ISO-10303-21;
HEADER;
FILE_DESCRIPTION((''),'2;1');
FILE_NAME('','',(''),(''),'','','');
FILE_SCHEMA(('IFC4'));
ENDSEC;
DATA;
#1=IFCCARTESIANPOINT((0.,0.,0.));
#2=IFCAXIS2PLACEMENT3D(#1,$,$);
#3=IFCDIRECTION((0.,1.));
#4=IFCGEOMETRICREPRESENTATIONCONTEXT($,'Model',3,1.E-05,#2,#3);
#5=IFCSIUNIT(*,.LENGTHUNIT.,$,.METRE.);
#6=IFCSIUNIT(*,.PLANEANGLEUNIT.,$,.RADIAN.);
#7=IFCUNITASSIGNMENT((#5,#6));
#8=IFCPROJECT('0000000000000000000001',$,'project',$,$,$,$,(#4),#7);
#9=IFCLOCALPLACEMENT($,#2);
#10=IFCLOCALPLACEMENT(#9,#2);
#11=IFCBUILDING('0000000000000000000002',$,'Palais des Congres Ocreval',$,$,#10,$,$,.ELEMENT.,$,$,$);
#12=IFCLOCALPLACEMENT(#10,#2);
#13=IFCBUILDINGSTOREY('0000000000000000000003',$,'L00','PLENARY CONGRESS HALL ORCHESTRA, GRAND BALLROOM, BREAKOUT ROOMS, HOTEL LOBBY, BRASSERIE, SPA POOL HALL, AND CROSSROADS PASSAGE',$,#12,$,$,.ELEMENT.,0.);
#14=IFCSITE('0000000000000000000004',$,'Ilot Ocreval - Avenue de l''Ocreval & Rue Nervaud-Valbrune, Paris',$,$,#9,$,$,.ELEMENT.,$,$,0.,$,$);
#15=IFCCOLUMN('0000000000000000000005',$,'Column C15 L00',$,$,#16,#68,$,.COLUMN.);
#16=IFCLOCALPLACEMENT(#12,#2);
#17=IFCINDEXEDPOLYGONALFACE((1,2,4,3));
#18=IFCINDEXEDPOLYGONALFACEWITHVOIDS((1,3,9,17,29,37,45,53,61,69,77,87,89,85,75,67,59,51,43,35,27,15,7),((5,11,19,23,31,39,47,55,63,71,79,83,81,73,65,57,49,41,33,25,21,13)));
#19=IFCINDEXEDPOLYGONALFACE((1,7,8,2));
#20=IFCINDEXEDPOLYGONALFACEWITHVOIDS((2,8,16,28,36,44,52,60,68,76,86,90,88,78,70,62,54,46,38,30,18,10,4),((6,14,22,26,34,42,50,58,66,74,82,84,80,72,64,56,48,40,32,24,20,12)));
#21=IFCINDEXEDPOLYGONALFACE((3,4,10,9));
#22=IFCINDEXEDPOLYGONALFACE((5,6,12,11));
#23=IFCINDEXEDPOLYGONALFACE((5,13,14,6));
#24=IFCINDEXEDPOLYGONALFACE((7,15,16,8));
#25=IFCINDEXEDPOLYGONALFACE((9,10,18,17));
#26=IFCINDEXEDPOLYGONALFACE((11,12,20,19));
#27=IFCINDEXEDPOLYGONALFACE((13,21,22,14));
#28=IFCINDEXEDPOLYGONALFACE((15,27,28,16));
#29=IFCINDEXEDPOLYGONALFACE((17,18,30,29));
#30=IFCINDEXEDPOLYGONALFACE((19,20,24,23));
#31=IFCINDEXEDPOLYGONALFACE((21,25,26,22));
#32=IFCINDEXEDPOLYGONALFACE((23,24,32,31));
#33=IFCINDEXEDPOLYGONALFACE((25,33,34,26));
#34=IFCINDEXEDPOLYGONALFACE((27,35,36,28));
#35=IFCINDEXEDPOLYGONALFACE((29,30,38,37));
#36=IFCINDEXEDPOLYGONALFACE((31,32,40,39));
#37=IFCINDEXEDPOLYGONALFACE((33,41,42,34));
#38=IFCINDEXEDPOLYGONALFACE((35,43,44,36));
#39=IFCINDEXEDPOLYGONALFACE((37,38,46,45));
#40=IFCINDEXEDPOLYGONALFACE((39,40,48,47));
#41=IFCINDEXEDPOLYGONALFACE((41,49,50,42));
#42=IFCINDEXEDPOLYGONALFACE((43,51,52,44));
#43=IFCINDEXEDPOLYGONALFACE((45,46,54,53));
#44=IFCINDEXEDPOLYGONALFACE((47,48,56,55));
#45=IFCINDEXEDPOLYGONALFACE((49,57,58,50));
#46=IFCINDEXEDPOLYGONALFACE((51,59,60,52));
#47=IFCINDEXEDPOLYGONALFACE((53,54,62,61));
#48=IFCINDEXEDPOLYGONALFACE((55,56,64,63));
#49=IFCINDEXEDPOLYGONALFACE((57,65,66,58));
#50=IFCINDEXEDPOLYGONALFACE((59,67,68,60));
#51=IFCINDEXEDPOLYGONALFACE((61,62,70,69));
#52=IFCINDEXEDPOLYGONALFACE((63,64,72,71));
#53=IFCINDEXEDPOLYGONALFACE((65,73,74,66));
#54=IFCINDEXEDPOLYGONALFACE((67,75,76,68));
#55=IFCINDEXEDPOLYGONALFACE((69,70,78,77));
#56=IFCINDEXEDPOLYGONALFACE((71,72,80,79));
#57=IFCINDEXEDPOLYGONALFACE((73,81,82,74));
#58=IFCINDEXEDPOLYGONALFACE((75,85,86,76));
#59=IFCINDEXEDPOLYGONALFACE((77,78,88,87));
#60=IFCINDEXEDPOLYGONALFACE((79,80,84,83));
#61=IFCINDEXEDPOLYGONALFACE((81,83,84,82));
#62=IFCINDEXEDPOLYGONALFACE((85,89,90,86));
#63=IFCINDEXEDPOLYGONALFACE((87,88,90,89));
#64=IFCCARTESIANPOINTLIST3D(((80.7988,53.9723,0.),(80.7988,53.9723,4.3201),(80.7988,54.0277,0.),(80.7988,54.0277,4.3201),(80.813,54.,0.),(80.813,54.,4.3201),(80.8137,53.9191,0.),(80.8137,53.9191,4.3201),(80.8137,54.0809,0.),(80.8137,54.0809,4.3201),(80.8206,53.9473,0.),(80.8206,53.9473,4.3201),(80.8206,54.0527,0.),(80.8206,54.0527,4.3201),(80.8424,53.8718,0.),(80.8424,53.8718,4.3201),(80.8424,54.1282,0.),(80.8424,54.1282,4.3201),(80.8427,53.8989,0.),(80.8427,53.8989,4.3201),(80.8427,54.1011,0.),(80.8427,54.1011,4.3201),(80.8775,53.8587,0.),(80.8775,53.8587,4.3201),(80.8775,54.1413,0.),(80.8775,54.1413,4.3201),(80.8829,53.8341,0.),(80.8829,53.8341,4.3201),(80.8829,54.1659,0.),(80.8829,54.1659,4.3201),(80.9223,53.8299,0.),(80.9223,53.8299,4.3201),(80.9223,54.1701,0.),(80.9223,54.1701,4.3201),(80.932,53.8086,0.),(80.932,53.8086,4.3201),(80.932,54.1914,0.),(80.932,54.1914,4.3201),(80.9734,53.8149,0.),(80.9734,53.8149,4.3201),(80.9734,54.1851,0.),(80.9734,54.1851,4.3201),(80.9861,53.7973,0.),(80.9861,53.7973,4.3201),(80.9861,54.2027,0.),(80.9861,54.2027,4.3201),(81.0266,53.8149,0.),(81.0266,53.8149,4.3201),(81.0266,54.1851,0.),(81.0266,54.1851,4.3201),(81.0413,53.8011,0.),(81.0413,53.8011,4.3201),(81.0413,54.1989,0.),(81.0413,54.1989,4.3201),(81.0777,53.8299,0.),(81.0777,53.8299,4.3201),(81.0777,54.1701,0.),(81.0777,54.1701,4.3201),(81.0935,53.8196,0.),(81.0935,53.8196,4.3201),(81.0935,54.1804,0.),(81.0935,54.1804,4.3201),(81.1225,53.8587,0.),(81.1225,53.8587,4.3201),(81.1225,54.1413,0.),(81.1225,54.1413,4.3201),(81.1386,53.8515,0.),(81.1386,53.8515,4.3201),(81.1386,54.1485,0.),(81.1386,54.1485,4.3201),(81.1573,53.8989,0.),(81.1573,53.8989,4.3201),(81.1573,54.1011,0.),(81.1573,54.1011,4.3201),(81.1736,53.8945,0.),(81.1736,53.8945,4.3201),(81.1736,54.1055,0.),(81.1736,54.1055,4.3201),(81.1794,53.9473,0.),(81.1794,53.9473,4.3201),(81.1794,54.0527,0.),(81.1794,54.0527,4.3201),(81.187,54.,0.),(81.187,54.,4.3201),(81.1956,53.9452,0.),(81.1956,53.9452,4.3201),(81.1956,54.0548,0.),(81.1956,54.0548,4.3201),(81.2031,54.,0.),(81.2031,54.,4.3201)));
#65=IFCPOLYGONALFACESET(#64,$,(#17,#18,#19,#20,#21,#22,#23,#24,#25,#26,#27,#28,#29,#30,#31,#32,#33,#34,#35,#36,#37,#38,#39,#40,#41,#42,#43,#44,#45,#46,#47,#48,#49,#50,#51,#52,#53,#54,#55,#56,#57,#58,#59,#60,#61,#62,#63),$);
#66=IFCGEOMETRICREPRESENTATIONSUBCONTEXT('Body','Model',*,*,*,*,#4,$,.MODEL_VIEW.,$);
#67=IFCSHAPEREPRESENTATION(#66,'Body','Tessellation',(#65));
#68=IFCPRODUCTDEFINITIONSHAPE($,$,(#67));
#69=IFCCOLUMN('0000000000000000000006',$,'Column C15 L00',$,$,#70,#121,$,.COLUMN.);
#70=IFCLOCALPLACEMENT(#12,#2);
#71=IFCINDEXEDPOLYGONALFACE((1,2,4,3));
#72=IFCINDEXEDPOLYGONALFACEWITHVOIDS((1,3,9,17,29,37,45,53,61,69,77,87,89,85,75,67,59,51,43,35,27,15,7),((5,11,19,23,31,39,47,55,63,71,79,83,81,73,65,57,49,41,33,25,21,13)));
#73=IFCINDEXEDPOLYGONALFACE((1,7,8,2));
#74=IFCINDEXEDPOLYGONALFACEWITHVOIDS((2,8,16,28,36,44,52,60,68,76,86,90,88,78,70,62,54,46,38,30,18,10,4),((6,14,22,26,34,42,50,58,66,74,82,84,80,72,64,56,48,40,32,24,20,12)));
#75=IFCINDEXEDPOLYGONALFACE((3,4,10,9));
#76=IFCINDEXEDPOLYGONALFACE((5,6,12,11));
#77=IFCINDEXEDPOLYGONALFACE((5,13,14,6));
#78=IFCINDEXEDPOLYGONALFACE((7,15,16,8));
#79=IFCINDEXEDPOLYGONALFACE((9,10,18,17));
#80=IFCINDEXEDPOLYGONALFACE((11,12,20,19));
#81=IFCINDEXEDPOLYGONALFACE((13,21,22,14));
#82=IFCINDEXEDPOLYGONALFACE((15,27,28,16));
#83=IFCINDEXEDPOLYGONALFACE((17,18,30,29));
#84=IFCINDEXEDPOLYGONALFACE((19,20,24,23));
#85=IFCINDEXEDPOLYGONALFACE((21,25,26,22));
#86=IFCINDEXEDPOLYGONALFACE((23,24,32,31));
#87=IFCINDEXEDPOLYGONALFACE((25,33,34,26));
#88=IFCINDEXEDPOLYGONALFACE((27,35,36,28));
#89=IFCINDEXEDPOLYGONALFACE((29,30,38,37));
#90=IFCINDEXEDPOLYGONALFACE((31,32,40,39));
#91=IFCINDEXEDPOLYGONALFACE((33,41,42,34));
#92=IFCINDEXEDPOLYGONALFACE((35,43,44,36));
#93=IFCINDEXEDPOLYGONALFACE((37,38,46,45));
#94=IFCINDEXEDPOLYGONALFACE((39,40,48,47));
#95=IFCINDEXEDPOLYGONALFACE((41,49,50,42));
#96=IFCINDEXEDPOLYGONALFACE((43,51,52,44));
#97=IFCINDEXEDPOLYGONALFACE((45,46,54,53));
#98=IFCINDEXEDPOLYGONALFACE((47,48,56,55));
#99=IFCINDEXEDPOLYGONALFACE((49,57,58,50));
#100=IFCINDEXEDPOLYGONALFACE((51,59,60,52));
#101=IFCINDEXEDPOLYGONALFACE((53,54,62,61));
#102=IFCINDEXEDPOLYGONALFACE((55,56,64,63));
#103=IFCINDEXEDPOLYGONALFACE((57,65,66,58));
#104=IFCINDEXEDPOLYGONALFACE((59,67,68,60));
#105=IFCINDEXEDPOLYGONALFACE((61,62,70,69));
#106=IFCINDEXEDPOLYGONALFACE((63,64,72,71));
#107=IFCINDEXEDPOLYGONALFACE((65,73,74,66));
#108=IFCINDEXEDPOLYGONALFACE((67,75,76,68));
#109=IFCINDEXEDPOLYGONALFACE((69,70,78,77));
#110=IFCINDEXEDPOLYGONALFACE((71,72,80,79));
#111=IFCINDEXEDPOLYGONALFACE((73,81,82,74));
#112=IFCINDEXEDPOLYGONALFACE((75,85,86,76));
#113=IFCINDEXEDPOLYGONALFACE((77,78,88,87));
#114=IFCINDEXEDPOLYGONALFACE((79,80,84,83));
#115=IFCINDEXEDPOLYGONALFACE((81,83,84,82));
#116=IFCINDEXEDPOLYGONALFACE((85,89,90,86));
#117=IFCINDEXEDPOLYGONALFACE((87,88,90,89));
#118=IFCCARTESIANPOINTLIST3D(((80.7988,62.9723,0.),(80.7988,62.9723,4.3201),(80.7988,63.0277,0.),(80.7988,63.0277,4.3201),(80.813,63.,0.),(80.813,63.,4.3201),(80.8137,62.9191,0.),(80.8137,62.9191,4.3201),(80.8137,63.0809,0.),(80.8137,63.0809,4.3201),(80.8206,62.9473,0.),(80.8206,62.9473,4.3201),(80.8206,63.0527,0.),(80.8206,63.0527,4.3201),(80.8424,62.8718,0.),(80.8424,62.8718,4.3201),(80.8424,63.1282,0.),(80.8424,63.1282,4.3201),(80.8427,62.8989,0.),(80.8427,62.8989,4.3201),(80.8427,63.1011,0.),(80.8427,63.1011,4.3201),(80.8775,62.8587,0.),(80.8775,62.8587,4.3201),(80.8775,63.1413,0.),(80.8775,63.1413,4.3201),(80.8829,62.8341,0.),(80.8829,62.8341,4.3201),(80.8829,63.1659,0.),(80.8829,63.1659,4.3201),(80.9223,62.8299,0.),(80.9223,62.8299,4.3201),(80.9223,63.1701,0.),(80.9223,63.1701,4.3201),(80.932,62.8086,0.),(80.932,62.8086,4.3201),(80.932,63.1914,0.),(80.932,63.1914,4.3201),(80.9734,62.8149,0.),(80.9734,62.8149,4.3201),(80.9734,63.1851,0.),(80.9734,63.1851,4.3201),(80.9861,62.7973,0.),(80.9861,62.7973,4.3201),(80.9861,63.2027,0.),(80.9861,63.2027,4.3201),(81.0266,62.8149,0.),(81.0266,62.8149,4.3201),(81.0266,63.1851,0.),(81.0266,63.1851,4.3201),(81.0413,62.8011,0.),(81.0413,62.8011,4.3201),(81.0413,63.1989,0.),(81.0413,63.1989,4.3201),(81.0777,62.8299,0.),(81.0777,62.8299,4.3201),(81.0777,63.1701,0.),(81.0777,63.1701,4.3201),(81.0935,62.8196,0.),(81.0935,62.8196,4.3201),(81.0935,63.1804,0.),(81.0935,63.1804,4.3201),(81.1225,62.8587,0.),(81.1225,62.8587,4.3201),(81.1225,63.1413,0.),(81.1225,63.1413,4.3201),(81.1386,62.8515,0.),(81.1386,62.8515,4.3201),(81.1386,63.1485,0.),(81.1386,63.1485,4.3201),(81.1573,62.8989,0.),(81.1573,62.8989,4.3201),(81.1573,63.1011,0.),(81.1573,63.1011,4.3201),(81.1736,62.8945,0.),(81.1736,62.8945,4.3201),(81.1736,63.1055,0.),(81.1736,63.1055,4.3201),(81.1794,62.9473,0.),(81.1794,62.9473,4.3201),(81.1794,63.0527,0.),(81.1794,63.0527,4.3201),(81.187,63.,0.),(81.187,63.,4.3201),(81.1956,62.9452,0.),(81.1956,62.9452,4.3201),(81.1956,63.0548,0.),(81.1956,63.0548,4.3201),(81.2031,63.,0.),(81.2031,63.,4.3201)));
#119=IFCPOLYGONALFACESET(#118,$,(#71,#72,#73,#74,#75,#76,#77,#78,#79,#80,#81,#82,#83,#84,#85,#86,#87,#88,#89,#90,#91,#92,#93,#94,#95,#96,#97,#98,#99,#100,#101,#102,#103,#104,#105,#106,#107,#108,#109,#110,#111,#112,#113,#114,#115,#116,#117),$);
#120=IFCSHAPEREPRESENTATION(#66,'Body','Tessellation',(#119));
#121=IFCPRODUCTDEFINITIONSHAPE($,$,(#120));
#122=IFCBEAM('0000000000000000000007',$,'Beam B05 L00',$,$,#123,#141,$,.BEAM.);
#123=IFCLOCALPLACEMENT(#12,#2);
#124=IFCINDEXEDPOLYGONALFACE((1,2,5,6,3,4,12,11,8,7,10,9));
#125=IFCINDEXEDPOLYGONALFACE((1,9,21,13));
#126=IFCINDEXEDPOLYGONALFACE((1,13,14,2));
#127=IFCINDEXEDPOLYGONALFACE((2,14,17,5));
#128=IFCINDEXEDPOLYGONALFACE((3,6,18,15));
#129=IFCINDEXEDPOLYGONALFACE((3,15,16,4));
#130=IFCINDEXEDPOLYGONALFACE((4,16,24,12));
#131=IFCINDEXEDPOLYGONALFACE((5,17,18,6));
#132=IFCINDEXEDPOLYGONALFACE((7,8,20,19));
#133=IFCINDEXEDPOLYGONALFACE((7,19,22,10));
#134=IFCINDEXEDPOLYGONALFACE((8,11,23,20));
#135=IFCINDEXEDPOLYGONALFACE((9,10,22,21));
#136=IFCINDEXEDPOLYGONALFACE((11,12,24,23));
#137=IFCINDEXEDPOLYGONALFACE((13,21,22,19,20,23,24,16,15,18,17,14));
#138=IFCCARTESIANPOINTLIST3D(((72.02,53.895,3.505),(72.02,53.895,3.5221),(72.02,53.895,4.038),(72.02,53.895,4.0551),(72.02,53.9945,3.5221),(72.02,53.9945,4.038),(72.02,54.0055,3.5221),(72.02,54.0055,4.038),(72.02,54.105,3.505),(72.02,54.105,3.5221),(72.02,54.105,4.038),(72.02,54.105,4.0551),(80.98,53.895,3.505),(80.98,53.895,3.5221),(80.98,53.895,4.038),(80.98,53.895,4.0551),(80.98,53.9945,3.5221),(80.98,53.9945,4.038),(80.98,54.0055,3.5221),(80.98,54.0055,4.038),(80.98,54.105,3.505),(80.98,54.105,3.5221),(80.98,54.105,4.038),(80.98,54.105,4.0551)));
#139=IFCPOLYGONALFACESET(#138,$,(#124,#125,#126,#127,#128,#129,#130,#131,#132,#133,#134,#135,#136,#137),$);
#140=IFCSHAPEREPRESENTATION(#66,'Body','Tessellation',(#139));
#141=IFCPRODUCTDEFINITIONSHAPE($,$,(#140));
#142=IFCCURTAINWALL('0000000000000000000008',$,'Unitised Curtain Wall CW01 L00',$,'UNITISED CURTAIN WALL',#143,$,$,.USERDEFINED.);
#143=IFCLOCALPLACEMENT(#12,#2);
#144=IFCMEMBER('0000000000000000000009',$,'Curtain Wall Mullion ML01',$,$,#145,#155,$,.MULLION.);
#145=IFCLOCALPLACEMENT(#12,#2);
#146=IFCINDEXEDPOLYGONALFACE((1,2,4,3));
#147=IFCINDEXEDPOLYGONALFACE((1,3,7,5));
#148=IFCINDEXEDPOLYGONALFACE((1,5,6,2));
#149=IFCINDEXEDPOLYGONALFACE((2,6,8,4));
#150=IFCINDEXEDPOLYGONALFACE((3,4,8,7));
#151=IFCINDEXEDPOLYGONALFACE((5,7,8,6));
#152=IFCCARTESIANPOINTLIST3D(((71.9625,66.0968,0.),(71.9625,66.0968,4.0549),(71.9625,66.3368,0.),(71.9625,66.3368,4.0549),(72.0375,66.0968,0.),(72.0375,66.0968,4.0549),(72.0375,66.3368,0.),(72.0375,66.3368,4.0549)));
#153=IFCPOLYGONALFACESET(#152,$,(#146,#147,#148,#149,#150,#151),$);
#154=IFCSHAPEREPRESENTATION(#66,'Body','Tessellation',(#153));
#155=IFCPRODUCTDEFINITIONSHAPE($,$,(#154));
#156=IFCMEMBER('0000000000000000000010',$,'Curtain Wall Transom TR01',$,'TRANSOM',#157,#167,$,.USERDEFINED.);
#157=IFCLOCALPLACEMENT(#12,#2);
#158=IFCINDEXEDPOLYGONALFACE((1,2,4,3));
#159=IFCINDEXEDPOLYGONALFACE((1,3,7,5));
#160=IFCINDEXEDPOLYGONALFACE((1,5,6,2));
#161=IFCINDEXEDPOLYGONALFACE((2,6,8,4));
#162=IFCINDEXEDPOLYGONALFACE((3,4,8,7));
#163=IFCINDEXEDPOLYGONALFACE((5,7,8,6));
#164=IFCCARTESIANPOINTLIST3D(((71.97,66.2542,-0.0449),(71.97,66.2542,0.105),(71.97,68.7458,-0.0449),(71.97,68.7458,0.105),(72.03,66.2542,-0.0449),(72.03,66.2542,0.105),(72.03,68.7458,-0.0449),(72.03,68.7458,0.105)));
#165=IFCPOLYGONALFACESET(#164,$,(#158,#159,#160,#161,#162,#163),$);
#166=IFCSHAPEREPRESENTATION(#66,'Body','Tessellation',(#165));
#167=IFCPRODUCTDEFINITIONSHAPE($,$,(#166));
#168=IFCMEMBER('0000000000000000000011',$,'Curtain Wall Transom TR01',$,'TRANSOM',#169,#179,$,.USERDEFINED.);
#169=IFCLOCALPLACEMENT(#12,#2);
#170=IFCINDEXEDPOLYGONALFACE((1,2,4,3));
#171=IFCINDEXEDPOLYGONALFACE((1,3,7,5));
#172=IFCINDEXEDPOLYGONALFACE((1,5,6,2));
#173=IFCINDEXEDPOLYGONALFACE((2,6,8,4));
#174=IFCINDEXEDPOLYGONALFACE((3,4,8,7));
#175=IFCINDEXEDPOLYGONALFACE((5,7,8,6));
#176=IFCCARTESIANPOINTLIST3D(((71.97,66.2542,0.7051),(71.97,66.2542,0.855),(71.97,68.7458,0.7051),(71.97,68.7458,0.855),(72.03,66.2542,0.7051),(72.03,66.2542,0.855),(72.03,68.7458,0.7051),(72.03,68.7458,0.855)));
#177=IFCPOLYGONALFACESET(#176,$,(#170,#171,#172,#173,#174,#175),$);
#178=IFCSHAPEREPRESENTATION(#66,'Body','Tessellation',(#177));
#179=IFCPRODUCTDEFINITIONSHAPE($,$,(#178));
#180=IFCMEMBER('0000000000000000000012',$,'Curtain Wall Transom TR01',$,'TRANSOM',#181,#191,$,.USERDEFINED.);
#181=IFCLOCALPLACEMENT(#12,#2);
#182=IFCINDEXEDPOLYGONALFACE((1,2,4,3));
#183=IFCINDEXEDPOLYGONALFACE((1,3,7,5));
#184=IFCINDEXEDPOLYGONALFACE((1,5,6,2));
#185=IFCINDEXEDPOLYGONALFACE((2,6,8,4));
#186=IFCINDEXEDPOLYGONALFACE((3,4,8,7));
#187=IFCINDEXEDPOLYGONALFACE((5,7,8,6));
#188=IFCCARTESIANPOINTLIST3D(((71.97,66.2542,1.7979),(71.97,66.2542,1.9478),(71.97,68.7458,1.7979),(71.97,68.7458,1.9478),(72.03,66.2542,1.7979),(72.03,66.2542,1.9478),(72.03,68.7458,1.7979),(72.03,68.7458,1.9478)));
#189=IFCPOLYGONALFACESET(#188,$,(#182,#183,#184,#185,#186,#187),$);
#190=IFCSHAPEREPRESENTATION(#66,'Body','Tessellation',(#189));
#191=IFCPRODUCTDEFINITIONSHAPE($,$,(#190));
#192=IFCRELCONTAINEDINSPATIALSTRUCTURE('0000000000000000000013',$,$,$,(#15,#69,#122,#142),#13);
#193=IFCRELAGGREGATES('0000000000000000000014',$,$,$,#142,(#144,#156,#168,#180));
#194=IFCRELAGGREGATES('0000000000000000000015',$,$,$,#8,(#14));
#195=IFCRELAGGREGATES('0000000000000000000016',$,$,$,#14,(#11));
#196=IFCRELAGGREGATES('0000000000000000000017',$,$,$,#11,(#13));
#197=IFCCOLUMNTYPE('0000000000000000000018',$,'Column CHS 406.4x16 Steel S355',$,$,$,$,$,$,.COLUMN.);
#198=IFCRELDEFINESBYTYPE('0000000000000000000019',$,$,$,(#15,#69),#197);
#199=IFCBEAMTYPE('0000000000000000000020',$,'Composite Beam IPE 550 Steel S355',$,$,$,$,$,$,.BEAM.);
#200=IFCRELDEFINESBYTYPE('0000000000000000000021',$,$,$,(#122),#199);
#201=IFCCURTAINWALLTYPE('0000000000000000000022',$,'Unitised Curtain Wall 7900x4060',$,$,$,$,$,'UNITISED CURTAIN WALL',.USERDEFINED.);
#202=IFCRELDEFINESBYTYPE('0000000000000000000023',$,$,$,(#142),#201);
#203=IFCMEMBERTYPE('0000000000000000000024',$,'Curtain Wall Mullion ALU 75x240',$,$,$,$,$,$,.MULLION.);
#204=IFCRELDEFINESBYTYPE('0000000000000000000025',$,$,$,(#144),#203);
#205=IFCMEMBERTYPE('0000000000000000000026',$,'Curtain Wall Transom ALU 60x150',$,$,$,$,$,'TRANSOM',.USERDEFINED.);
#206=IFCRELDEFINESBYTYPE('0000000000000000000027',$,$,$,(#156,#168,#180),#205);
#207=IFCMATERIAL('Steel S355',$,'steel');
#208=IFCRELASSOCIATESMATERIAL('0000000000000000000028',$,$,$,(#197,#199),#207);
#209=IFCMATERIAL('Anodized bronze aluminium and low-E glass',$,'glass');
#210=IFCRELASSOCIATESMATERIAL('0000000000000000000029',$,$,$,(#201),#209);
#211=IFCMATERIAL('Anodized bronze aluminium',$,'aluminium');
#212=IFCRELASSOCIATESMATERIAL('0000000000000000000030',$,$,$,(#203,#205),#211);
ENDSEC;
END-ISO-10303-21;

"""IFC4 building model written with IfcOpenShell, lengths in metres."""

from ifc_helpers import new_model, si_unit, direction, frame, origin, origin_2d, place, context, subcontext, project, spatial, rectangle, hollow_circle, i_section, extrude, material, material_profile, profile_set, type_object, element, aggregate, save


model = new_model("IFC4")

# Units and contexts
model_context = context("Model", 3, precision=1e-05, world=origin(), true_north=direction((0.0, 1.0)))
body_context = subcontext(model_context, "Body", "Model", "MODEL_VIEW")
ifc_project = project(units=[si_unit("LENGTHUNIT", "METRE"), si_unit("PLANEANGLEUNIT", "RADIAN")], contexts=[model_context])

# Site, building, storey
site_placement = place(None, origin())
site = spatial("IfcSite", under=ifc_project, at=site_placement, Name="Ilot Ocreval - Avenue de l'Ocreval & Rue Nervaud-Valbrune, Paris", CompositionType="ELEMENT", RefElevation=0.0)
building_placement = place(site_placement, origin())
building = spatial("IfcBuilding", under=site, at=building_placement, Name="Palais des Congres Ocreval", CompositionType="ELEMENT")
storey_placement = place(building_placement, origin())
storey = spatial("IfcBuildingStorey", under=building, at=storey_placement, Name="L00", Description="PLENARY CONGRESS HALL ORCHESTRA, GRAND BALLROOM, BREAKOUT ROOMS, HOTEL LOBBY, BRASSERIE, SPA POOL HALL, AND CROSSROADS PASSAGE", CompositionType="ELEMENT", Elevation=0.0)

# Columns
ifc_material_1 = material(Name="Steel S355", Category="steel")
ifc_material_profile_1 = material_profile(ifc_material_1, hollow_circle(Radius=0.2031, WallThickness=0.0161, at=origin_2d()), Name="CHS 406.4x16")
ifc_profile_set_1 = profile_set([ifc_material_profile_1], Name="Steel S355")
column_type = type_object("IfcColumnType", Name="Column CHS 406.4x16 Steel S355", PredefinedType="COLUMN", material=ifc_profile_set_1)
for number, where, z_axis, x_axis, name in (
    (1, (81.0, 54.0, 0.0), (0.0, 0.0, 1.0), (1.0, 0.0, 0.0), "Column C15 L00"),
    (2, (81.0, 63.0, 0.0), (0.0, 0.0, 1.0), (1.0, 0.0, 0.0), "Column C15 L00"),
):
    element("IfcColumn", number, at=place(storey_placement, frame(where, z_axis=z_axis, x_axis=x_axis)), inside=storey, type_object=column_type, Name=name, PredefinedType="COLUMN", context=body_context, shape_type="SweptSolid", body=[
        extrude(hollow_circle(Radius=0.2031, WallThickness=0.0161, at=origin_2d()), origin(), (0.0, 0.0, 1.0), 4.3201),
    ])

# Beam
ifc_material_profile_2 = material_profile(ifc_material_1, i_section(OverallWidth=0.21, OverallDepth=0.55, WebThickness=0.011, FlangeThickness=0.0171, at=origin_2d()), Name="IPE 550")
ifc_profile_set_2 = profile_set([ifc_material_profile_2], Name="Steel S355")
beam_type_1 = type_object("IfcBeamType", Name="Composite Beam IPE 550 Steel S355", PredefinedType="BEAM", material=ifc_profile_set_2)
beam_1_placement = place(storey_placement, frame((72.02, 54.0, 3.78), z_axis=(1.0, 0.0, 0.0), x_axis=(0.0, 1.0, 0.0)))
element("IfcBeam", 3, at=beam_1_placement, inside=storey, type_object=beam_type_1, Name="Beam B05 L00", PredefinedType="BEAM", context=body_context, shape_type="SweptSolid", body=[
    extrude(i_section(OverallWidth=0.21, OverallDepth=0.55, WebThickness=0.011, FlangeThickness=0.0171, at=origin_2d()), origin(), (0.0, 0.0, 1.0), 8.96),
])

# Curtain wall, members
ifc_material_2 = material(Name="Anodized bronze aluminium and low-E glass", Category="glass")
curtain_wall_type = type_object("IfcCurtainWallType", Name="Unitised Curtain Wall 7900x4060", ElementType="UNITISED CURTAIN WALL", PredefinedType="USERDEFINED", material=ifc_material_2)
curtain_wall_placement = place(storey_placement, origin())
curtain_wall = element("IfcCurtainWall", 4, at=curtain_wall_placement, inside=storey, type_object=curtain_wall_type, Name="Unitised Curtain Wall CW01 L00", ObjectType="UNITISED CURTAIN WALL", PredefinedType="USERDEFINED")
ifc_material_3 = material(Name="Anodized bronze aluminium", Category="aluminium")
ifc_material_profile_3 = material_profile(ifc_material_3, rectangle(XDim=0.075, YDim=0.24, at=origin_2d()), Name="ALU 75x240")
ifc_profile_set_3 = profile_set([ifc_material_profile_3], Name="Anodized bronze aluminium")
member_type_1 = type_object("IfcMemberType", Name="Curtain Wall Mullion ALU 75x240", PredefinedType="MULLION", material=ifc_profile_set_3)
member_1_placement = place(storey_placement, frame((72.0, 66.2168, 0.0), z_axis=(0.0, 0.0, 1.0), x_axis=(-1.0, 0.0, 0.0)))
member_1 = element("IfcMember", 5, at=member_1_placement, type_object=member_type_1, Name="Curtain Wall Mullion ML01", PredefinedType="MULLION", context=body_context, shape_type="SweptSolid", body=[
    extrude(rectangle(XDim=0.075, YDim=0.24, at=origin_2d()), origin(), (0.0, 0.0, 1.0), 4.0549),
])
ifc_material_profile_4 = material_profile(ifc_material_3, rectangle(XDim=0.0601, YDim=0.1499, at=origin_2d()), Name="ALU 60x150")
ifc_profile_set_4 = profile_set([ifc_material_profile_4], Name="Anodized bronze aluminium")
member_type_2 = type_object("IfcMemberType", Name="Curtain Wall Transom ALU 60x150", ElementType="TRANSOM", PredefinedType="USERDEFINED", material=ifc_profile_set_4)
member_2_placement = place(storey_placement, frame((72.0, 66.2542, 0.03), z_axis=(0.0, 1.0, 0.0), x_axis=(-1.0, 0.0, 0.0)))
member_2 = element("IfcMember", 6, at=member_2_placement, type_object=member_type_2, Name="Curtain Wall Transom TR01", ObjectType="TRANSOM", PredefinedType="USERDEFINED", context=body_context, shape_type="SweptSolid", body=[
    extrude(rectangle(XDim=0.0601, YDim=0.1499, at=origin_2d()), origin(), (0.0, 0.0, 1.0), 2.4917),
])
member_3_placement = place(storey_placement, frame((72.0, 66.2542, 0.78), z_axis=(0.0, 1.0, 0.0), x_axis=(-1.0, 0.0, 0.0)))
member_3 = element("IfcMember", 7, at=member_3_placement, type_object=member_type_2, Name="Curtain Wall Transom TR01", ObjectType="TRANSOM", PredefinedType="USERDEFINED", context=body_context, shape_type="SweptSolid", body=[
    extrude(rectangle(XDim=0.0601, YDim=0.1499, at=origin_2d()), origin(), (0.0, 0.0, 1.0), 2.4917),
])
member_4_placement = place(storey_placement, frame((72.0, 66.2542, 1.8728), z_axis=(0.0, 1.0, 0.0), x_axis=(-1.0, 0.0, 0.0)))
member_4 = element("IfcMember", 8, at=member_4_placement, type_object=member_type_2, Name="Curtain Wall Transom TR01", ObjectType="TRANSOM", PredefinedType="USERDEFINED", context=body_context, shape_type="SweptSolid", body=[
    extrude(rectangle(XDim=0.0601, YDim=0.1499, at=origin_2d()), origin(), (0.0, 0.0, 1.0), 2.4917),
])

aggregate(curtain_wall, [member_1, member_2, member_3, member_4])

save(model, "model.ifc")
